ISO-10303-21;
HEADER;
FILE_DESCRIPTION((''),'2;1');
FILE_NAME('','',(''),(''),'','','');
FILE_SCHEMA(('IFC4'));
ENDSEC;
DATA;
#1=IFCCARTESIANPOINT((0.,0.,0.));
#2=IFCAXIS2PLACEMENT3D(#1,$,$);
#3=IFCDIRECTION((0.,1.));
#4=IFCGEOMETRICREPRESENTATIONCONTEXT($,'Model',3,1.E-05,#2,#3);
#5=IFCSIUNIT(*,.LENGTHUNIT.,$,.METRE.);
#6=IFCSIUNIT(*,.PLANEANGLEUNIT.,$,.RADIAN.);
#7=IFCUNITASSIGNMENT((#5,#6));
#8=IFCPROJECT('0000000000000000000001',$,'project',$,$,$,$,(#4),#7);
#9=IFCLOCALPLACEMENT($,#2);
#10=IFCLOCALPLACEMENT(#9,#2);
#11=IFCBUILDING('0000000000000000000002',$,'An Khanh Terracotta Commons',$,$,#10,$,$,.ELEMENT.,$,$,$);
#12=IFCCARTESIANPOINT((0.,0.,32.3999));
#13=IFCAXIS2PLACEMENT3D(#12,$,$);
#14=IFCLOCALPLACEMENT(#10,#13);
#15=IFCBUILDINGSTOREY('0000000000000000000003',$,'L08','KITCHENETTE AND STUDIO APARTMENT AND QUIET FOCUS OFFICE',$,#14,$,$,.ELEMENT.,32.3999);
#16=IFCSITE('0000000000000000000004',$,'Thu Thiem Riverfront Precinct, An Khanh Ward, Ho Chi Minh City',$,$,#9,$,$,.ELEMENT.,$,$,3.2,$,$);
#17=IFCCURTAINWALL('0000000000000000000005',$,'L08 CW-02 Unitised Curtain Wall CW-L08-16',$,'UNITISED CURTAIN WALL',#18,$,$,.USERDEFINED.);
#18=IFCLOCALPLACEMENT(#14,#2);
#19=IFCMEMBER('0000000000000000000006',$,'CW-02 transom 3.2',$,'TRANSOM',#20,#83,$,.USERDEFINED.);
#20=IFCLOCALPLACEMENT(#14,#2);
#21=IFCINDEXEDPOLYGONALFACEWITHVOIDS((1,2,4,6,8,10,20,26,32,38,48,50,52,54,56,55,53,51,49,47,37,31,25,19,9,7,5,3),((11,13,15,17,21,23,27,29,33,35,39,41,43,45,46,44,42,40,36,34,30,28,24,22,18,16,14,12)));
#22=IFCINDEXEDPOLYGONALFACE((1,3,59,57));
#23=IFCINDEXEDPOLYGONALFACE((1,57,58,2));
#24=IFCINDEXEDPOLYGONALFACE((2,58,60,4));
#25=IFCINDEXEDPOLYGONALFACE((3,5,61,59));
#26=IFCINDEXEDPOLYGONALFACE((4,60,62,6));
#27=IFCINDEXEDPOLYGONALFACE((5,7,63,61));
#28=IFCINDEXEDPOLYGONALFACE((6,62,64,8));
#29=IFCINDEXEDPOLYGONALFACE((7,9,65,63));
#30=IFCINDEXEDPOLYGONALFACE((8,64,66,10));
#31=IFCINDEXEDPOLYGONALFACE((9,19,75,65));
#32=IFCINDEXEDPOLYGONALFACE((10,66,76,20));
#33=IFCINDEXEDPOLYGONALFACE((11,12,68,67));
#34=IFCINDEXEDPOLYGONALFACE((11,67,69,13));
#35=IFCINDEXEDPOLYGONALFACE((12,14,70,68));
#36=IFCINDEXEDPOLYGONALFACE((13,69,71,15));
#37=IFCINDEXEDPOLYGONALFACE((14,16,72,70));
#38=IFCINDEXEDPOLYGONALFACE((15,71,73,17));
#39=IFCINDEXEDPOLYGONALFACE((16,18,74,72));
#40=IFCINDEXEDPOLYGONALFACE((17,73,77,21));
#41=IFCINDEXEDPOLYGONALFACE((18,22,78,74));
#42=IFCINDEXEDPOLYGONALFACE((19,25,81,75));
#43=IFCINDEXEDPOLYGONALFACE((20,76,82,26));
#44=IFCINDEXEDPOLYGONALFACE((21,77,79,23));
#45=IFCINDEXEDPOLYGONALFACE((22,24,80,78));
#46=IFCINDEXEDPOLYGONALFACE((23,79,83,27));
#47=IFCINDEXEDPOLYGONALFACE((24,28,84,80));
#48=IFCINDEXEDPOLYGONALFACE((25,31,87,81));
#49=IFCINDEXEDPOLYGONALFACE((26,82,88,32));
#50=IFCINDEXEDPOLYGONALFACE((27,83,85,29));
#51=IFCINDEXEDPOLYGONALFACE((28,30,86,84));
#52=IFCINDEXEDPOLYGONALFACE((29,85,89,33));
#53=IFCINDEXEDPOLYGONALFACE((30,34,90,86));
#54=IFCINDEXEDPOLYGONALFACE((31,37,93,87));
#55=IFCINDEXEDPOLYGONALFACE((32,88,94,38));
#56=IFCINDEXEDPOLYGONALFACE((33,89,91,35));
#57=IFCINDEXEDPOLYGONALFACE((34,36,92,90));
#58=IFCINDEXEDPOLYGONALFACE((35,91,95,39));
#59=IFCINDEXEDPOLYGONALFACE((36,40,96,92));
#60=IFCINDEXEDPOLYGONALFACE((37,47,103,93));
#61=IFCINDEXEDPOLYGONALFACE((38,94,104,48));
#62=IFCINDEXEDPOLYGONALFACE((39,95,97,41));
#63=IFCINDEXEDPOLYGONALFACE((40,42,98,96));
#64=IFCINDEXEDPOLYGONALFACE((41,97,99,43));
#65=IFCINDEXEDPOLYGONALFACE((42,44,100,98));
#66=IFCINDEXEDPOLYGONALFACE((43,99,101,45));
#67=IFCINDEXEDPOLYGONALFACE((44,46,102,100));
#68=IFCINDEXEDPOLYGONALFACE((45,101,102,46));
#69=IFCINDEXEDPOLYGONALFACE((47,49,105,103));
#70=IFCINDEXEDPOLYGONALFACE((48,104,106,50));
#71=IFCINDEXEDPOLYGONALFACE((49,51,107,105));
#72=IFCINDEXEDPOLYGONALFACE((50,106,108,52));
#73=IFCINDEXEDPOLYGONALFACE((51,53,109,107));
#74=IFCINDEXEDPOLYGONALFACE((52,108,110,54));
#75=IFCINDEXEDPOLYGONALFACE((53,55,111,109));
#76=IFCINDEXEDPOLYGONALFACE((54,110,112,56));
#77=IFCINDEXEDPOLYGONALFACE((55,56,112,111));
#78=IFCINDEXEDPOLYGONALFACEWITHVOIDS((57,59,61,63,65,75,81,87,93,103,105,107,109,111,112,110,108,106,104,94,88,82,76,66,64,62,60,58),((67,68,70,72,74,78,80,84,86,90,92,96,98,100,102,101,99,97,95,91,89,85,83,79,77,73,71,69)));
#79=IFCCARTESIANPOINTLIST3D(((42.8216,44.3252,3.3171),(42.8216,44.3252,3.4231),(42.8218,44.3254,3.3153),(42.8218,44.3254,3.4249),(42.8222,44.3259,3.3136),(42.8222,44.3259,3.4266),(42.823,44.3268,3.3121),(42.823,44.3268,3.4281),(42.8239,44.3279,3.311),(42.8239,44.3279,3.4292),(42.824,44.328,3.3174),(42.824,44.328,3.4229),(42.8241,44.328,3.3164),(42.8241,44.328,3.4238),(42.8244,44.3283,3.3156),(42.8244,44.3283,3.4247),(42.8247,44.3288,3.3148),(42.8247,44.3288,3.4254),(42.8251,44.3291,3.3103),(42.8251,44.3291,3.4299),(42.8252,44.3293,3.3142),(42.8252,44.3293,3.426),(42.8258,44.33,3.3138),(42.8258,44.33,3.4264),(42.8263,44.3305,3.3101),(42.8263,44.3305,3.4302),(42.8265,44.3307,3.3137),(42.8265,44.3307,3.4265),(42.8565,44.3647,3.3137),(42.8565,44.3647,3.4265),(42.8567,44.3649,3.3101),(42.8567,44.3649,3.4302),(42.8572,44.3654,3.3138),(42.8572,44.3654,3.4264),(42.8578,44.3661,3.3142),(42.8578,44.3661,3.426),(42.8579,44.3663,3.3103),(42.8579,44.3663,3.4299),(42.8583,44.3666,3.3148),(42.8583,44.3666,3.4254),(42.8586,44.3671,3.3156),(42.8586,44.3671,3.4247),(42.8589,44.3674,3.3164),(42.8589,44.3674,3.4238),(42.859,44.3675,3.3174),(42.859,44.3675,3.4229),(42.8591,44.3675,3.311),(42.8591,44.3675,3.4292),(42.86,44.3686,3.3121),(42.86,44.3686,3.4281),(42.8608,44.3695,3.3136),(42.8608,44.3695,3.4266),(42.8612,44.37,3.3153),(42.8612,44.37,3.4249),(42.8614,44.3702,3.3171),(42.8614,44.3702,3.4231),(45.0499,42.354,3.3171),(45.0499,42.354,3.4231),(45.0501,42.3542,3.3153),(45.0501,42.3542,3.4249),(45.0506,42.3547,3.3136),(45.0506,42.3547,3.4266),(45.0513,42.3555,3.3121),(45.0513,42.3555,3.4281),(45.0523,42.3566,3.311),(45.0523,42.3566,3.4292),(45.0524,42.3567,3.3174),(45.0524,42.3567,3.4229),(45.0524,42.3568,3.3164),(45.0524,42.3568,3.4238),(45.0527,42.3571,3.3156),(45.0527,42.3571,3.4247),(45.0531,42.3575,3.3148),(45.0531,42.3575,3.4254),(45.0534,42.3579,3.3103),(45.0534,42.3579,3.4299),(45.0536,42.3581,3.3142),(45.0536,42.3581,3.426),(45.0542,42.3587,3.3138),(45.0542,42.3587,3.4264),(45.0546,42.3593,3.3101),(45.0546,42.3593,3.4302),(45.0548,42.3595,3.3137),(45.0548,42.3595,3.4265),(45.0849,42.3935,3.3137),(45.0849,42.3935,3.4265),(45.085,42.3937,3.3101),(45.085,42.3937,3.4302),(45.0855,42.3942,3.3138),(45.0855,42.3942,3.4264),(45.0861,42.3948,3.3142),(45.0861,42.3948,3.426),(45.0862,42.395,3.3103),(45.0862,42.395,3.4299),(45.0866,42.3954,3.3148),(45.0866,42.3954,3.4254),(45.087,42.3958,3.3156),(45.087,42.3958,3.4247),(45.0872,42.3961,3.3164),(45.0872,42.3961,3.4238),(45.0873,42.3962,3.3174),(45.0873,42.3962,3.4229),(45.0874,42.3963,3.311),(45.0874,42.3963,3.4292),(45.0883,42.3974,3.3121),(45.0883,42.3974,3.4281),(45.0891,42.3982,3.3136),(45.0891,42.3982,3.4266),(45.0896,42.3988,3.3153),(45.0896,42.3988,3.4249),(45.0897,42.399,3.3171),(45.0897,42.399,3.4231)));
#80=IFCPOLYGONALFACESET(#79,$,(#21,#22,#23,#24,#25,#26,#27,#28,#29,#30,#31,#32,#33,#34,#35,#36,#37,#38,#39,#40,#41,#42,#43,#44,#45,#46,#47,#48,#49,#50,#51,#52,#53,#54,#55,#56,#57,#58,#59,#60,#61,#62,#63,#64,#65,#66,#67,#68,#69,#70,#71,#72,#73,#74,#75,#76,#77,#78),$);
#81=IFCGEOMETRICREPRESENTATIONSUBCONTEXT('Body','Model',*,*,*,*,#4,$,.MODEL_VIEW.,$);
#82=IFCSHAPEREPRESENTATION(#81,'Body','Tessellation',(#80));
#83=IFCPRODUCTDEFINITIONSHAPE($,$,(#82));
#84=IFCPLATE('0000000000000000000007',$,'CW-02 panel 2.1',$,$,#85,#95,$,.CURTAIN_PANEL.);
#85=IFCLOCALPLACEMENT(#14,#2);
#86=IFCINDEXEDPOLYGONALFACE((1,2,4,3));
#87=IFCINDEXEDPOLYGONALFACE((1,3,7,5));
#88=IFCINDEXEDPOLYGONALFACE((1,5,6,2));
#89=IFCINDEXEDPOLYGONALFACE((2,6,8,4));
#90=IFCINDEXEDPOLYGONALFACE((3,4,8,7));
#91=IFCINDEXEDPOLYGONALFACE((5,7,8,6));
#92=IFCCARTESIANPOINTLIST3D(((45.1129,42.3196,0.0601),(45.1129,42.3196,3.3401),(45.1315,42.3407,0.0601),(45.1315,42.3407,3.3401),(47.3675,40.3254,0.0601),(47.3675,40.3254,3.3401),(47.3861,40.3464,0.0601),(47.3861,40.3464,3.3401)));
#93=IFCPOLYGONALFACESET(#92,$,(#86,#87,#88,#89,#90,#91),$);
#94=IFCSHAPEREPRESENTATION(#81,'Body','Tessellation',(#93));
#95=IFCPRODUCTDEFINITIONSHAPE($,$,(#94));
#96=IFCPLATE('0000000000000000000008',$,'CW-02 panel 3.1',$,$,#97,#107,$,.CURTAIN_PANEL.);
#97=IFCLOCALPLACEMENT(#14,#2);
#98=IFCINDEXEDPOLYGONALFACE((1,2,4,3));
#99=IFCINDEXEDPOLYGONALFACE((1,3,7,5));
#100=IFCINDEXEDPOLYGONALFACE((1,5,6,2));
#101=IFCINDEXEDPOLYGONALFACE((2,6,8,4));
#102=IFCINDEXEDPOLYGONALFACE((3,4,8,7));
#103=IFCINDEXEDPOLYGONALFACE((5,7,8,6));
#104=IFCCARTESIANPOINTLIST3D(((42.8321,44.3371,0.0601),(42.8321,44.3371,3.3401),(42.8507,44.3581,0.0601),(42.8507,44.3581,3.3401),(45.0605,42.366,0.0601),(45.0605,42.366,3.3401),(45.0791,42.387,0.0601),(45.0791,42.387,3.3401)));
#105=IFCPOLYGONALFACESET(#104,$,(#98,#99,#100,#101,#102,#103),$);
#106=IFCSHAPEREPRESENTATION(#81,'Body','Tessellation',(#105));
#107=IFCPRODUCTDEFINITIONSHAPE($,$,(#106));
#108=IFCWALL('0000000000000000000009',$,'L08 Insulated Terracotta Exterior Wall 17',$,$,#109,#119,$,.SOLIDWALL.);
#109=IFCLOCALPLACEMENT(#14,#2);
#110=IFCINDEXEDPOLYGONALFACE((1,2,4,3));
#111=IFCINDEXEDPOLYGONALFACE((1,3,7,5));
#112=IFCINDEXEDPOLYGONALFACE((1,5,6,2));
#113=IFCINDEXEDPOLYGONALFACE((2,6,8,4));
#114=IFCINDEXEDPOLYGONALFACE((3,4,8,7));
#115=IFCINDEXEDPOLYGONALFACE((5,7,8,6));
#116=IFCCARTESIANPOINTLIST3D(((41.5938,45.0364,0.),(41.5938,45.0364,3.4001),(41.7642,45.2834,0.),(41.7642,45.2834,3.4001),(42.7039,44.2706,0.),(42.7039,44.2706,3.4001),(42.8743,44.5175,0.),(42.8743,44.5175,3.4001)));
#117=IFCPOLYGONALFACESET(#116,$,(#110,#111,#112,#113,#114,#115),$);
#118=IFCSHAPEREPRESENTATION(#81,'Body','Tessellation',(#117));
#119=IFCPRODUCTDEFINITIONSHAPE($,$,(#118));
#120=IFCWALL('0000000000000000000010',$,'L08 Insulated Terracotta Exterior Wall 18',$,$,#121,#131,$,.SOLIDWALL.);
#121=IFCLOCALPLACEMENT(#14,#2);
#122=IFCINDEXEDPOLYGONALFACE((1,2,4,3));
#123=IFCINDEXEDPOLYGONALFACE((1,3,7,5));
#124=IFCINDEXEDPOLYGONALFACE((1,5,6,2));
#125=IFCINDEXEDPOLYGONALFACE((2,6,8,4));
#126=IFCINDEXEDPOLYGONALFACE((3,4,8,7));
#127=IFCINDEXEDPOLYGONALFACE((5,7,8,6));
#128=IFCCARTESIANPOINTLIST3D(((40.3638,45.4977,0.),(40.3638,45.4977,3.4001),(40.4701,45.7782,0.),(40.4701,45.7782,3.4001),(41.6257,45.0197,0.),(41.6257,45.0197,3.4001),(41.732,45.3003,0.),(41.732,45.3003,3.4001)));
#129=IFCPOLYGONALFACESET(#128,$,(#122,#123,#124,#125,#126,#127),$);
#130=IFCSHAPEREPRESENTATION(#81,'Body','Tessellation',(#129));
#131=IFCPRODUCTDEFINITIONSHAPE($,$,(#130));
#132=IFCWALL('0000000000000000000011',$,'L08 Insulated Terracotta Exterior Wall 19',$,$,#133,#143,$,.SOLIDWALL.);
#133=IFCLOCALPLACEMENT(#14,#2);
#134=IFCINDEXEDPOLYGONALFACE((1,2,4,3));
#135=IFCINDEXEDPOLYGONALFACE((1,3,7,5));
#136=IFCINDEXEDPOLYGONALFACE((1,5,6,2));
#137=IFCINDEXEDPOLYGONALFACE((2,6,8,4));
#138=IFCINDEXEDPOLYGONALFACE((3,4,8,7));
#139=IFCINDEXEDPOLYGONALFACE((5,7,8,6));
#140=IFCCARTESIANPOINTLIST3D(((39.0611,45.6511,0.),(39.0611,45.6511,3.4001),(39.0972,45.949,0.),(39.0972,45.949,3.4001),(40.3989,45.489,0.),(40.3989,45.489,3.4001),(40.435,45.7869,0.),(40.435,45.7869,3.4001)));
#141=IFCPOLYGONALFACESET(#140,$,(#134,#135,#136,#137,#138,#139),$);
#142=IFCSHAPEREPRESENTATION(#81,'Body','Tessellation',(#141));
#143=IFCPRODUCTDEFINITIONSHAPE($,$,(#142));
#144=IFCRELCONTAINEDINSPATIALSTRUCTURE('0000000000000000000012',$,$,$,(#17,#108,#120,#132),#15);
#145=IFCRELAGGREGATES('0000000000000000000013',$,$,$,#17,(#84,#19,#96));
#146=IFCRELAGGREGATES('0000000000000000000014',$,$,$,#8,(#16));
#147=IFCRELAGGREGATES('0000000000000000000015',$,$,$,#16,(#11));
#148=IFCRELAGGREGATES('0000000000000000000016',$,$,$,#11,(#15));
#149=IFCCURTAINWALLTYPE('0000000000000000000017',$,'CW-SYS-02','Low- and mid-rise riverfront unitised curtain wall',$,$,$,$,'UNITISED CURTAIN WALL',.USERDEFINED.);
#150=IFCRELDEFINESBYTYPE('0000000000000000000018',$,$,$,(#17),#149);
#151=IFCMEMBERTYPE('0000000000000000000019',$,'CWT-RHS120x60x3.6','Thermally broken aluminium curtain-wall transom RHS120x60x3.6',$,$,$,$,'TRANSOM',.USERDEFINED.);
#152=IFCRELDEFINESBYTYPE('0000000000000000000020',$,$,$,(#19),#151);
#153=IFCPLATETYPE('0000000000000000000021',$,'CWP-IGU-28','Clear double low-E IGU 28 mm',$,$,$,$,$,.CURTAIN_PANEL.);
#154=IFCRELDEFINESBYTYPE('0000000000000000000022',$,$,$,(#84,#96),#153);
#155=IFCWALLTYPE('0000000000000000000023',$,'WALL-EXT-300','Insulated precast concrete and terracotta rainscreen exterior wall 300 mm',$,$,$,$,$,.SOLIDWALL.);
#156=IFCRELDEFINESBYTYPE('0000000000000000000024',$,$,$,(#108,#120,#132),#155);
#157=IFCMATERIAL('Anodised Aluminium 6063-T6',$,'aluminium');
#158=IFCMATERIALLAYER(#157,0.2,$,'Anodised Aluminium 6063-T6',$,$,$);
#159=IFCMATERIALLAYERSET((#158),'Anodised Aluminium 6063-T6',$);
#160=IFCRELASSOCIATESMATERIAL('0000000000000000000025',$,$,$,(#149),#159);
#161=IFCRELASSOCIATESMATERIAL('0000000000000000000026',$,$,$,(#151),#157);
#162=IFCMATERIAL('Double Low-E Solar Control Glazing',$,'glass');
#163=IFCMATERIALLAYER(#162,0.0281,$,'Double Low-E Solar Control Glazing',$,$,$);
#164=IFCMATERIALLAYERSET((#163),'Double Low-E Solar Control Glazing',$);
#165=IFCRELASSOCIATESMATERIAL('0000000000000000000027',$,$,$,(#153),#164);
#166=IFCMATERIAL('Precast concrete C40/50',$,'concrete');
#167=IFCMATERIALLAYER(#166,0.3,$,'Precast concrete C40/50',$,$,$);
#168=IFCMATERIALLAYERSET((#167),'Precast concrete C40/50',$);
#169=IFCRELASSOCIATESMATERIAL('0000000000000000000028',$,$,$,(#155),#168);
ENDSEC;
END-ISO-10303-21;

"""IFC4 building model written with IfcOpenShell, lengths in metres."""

from ifc_helpers import new_model, si_unit, direction, frame, frame_2d, origin, origin_2d, place, context, subcontext, project, spatial, rectangle, hollow_rectangle, extrude, material, layer, layer_set, material_profile, profile_set, type_object, element, aggregate, save


model = new_model("IFC4")

# Units and contexts
model_context = context("Model", 3, precision=1e-05, world=origin(), true_north=direction((0.0, 1.0)))
body_context = subcontext(model_context, "Body", "Model", "MODEL_VIEW")
ifc_project = project(units=[si_unit("LENGTHUNIT", "METRE"), si_unit("PLANEANGLEUNIT", "RADIAN")], contexts=[model_context])

# Site, building, storey
site_placement = place(None, origin())
site = spatial("IfcSite", under=ifc_project, at=site_placement, Name="Thu Thiem Riverfront Precinct, An Khanh Ward, Ho Chi Minh City", CompositionType="ELEMENT", RefElevation=3.2)
building_placement = place(site_placement, origin())
building = spatial("IfcBuilding", under=site, at=building_placement, Name="An Khanh Terracotta Commons", CompositionType="ELEMENT")
storey_placement = place(building_placement, frame((0.0, 0.0, 32.3999)))
storey = spatial("IfcBuildingStorey", under=building, at=storey_placement, Name="L08", Description="KITCHENETTE AND STUDIO APARTMENT AND QUIET FOCUS OFFICE", CompositionType="ELEMENT", Elevation=32.3999)

# Curtain wall, member, plates
ifc_material_1 = material(Name="Anodised Aluminium 6063-T6", Category="aluminium")
ifc_layer_1 = layer(ifc_material_1, 0.2, Name="Anodised Aluminium 6063-T6")
ifc_layer_set_1 = layer_set([ifc_layer_1], Name="Anodised Aluminium 6063-T6")
curtain_wall_type = type_object("IfcCurtainWallType", Name="CW-SYS-02", Description="Low- and mid-rise riverfront unitised curtain wall", ElementType="UNITISED CURTAIN WALL", PredefinedType="USERDEFINED", material=ifc_layer_set_1)
curtain_wall_placement = place(storey_placement, origin())
curtain_wall = element("IfcCurtainWall", 1, at=curtain_wall_placement, inside=storey, type_object=curtain_wall_type, Name="L08 CW-02 Unitised Curtain Wall CW-L08-16", ObjectType="UNITISED CURTAIN WALL", PredefinedType="USERDEFINED")
ifc_material_profile_1 = material_profile(ifc_material_1, hollow_rectangle(XDim=0.0601, YDim=0.1201, WallThickness=0.0037, InnerFilletRadius=0.0037, OuterFilletRadius=0.0071, at=origin_2d()), Name="RHS120x60x3.6")
ifc_profile_set_1 = profile_set([ifc_material_profile_1], Name="Anodised Aluminium 6063-T6")
member_type_1 = type_object("IfcMemberType", Name="CWT-RHS120x60x3.6", Description="Thermally broken aluminium curtain-wall transom RHS120x60x3.6", ElementType="TRANSOM", PredefinedType="USERDEFINED", material=ifc_profile_set_1)
member_1_placement = place(storey_placement, frame((45.0698, 42.3765, 3.3701), z_axis=(-0.748992, 0.662579, 0.0), x_axis=(-0.662579, -0.748992, 0.0)))
member_1 = element("IfcMember", 2, at=member_1_placement, type_object=member_type_1, Name="CW-02 transom 3.2", ObjectType="TRANSOM", PredefinedType="USERDEFINED", context=body_context, shape_type="SweptSolid", body=[
    extrude(hollow_rectangle(XDim=0.0601, YDim=0.1201, WallThickness=0.0037, InnerFilletRadius=0.0037, OuterFilletRadius=0.0071, at=origin_2d()), origin(), (0.0, 0.0, 1.0), 2.9751),
])
ifc_material_2 = material(Name="Double Low-E Solar Control Glazing", Category="glass")
ifc_layer_2 = layer(ifc_material_2, 0.0281, Name="Double Low-E Solar Control Glazing")
ifc_layer_set_2 = layer_set([ifc_layer_2], Name="Double Low-E Solar Control Glazing")
plate_type = type_object("IfcPlateType", Name="CWP-IGU-28", Description="Clear double low-E IGU 28 mm", PredefinedType="CURTAIN_PANEL", material=ifc_layer_set_2)
plate_1_placement = place(storey_placement, frame((46.2495, 41.333, 0.0601), z_axis=(0.0, 0.0, 1.0), x_axis=(-0.749019, 0.662548, 0.0)))
plate_1 = element("IfcPlate", 3, at=plate_1_placement, type_object=plate_type, Name="CW-02 panel 2.1", PredefinedType="CURTAIN_PANEL", context=body_context, shape_type="SweptSolid", body=[
    extrude(rectangle(XDim=3.01, YDim=0.0281, at=origin_2d()), origin(), (0.0, 0.0, 1.0), 3.28),
])
plate_2_placement = place(storey_placement, frame((43.9556, 43.3621, 0.0601), z_axis=(0.0, 0.0, 1.0), x_axis=(-0.749019, 0.662548, 0.0)))
plate_2 = element("IfcPlate", 4, at=plate_2_placement, type_object=plate_type, Name="CW-02 panel 3.1", PredefinedType="CURTAIN_PANEL", context=body_context, shape_type="SweptSolid", body=[
    extrude(rectangle(XDim=2.9751, YDim=0.0281, at=origin_2d()), origin(), (0.0, 0.0, 1.0), 3.28),
])
aggregate(curtain_wall, [plate_1, member_1, plate_2])

# Walls
ifc_material_3 = material(Name="Precast concrete C40/50", Category="concrete")
ifc_layer_3 = layer(ifc_material_3, 0.3, Name="Precast concrete C40/50")
ifc_layer_set_3 = layer_set([ifc_layer_3], Name="Precast concrete C40/50")
wall_type = type_object("IfcWallType", Name="WALL-EXT-300", Description="Insulated precast concrete and terracotta rainscreen exterior wall 300 mm", PredefinedType="SOLIDWALL", material=ifc_layer_set_3)
wall_1_placement = place(storey_placement, frame((42.7891, 44.394, 0.0), z_axis=(0.0, 0.0, 1.0), x_axis=(-0.823117, 0.567873, 0.0)))
element("IfcWall", 5, at=wall_1_placement, inside=storey, type_object=wall_type, Name="L08 Insulated Terracotta Exterior Wall 17", PredefinedType="SOLIDWALL", context=body_context, shape_type="SweptSolid", body=[
    extrude(rectangle(XDim=1.3486, YDim=0.3, at=frame_2d((0.6743, 0.0))), origin(), (0.0, 0.0, 1.0), 3.4001),
])
wall_2_placement = place(storey_placement, frame((41.679, 45.1599, 0.0), z_axis=(0.0, 0.0, 1.0), x_axis=(-0.935157, 0.354234, 0.0)))
element("IfcWall", 6, at=wall_2_placement, inside=storey, type_object=wall_type, Name="L08 Insulated Terracotta Exterior Wall 18", PredefinedType="SOLIDWALL", context=body_context, shape_type="SweptSolid", body=[
    extrude(rectangle(XDim=1.3494, YDim=0.3, at=frame_2d((0.6748, 0.0))), origin(), (0.0, 0.0, 1.0), 3.4001),
])
wall_3_placement = place(storey_placement, frame((40.417, 45.6379, 0.0), z_axis=(0.0, 0.0, 1.0), x_axis=(-0.992739, 0.120288, 0.0)))
element("IfcWall", 7, at=wall_3_placement, inside=storey, type_object=wall_type, Name="L08 Insulated Terracotta Exterior Wall 19", PredefinedType="SOLIDWALL", context=body_context, shape_type="SweptSolid", body=[
    extrude(rectangle(XDim=1.3477, YDim=0.3, at=frame_2d((0.6738, 0.0))), origin(), (0.0, 0.0, 1.0), 3.4001),
])

save(model, "model.ifc")
